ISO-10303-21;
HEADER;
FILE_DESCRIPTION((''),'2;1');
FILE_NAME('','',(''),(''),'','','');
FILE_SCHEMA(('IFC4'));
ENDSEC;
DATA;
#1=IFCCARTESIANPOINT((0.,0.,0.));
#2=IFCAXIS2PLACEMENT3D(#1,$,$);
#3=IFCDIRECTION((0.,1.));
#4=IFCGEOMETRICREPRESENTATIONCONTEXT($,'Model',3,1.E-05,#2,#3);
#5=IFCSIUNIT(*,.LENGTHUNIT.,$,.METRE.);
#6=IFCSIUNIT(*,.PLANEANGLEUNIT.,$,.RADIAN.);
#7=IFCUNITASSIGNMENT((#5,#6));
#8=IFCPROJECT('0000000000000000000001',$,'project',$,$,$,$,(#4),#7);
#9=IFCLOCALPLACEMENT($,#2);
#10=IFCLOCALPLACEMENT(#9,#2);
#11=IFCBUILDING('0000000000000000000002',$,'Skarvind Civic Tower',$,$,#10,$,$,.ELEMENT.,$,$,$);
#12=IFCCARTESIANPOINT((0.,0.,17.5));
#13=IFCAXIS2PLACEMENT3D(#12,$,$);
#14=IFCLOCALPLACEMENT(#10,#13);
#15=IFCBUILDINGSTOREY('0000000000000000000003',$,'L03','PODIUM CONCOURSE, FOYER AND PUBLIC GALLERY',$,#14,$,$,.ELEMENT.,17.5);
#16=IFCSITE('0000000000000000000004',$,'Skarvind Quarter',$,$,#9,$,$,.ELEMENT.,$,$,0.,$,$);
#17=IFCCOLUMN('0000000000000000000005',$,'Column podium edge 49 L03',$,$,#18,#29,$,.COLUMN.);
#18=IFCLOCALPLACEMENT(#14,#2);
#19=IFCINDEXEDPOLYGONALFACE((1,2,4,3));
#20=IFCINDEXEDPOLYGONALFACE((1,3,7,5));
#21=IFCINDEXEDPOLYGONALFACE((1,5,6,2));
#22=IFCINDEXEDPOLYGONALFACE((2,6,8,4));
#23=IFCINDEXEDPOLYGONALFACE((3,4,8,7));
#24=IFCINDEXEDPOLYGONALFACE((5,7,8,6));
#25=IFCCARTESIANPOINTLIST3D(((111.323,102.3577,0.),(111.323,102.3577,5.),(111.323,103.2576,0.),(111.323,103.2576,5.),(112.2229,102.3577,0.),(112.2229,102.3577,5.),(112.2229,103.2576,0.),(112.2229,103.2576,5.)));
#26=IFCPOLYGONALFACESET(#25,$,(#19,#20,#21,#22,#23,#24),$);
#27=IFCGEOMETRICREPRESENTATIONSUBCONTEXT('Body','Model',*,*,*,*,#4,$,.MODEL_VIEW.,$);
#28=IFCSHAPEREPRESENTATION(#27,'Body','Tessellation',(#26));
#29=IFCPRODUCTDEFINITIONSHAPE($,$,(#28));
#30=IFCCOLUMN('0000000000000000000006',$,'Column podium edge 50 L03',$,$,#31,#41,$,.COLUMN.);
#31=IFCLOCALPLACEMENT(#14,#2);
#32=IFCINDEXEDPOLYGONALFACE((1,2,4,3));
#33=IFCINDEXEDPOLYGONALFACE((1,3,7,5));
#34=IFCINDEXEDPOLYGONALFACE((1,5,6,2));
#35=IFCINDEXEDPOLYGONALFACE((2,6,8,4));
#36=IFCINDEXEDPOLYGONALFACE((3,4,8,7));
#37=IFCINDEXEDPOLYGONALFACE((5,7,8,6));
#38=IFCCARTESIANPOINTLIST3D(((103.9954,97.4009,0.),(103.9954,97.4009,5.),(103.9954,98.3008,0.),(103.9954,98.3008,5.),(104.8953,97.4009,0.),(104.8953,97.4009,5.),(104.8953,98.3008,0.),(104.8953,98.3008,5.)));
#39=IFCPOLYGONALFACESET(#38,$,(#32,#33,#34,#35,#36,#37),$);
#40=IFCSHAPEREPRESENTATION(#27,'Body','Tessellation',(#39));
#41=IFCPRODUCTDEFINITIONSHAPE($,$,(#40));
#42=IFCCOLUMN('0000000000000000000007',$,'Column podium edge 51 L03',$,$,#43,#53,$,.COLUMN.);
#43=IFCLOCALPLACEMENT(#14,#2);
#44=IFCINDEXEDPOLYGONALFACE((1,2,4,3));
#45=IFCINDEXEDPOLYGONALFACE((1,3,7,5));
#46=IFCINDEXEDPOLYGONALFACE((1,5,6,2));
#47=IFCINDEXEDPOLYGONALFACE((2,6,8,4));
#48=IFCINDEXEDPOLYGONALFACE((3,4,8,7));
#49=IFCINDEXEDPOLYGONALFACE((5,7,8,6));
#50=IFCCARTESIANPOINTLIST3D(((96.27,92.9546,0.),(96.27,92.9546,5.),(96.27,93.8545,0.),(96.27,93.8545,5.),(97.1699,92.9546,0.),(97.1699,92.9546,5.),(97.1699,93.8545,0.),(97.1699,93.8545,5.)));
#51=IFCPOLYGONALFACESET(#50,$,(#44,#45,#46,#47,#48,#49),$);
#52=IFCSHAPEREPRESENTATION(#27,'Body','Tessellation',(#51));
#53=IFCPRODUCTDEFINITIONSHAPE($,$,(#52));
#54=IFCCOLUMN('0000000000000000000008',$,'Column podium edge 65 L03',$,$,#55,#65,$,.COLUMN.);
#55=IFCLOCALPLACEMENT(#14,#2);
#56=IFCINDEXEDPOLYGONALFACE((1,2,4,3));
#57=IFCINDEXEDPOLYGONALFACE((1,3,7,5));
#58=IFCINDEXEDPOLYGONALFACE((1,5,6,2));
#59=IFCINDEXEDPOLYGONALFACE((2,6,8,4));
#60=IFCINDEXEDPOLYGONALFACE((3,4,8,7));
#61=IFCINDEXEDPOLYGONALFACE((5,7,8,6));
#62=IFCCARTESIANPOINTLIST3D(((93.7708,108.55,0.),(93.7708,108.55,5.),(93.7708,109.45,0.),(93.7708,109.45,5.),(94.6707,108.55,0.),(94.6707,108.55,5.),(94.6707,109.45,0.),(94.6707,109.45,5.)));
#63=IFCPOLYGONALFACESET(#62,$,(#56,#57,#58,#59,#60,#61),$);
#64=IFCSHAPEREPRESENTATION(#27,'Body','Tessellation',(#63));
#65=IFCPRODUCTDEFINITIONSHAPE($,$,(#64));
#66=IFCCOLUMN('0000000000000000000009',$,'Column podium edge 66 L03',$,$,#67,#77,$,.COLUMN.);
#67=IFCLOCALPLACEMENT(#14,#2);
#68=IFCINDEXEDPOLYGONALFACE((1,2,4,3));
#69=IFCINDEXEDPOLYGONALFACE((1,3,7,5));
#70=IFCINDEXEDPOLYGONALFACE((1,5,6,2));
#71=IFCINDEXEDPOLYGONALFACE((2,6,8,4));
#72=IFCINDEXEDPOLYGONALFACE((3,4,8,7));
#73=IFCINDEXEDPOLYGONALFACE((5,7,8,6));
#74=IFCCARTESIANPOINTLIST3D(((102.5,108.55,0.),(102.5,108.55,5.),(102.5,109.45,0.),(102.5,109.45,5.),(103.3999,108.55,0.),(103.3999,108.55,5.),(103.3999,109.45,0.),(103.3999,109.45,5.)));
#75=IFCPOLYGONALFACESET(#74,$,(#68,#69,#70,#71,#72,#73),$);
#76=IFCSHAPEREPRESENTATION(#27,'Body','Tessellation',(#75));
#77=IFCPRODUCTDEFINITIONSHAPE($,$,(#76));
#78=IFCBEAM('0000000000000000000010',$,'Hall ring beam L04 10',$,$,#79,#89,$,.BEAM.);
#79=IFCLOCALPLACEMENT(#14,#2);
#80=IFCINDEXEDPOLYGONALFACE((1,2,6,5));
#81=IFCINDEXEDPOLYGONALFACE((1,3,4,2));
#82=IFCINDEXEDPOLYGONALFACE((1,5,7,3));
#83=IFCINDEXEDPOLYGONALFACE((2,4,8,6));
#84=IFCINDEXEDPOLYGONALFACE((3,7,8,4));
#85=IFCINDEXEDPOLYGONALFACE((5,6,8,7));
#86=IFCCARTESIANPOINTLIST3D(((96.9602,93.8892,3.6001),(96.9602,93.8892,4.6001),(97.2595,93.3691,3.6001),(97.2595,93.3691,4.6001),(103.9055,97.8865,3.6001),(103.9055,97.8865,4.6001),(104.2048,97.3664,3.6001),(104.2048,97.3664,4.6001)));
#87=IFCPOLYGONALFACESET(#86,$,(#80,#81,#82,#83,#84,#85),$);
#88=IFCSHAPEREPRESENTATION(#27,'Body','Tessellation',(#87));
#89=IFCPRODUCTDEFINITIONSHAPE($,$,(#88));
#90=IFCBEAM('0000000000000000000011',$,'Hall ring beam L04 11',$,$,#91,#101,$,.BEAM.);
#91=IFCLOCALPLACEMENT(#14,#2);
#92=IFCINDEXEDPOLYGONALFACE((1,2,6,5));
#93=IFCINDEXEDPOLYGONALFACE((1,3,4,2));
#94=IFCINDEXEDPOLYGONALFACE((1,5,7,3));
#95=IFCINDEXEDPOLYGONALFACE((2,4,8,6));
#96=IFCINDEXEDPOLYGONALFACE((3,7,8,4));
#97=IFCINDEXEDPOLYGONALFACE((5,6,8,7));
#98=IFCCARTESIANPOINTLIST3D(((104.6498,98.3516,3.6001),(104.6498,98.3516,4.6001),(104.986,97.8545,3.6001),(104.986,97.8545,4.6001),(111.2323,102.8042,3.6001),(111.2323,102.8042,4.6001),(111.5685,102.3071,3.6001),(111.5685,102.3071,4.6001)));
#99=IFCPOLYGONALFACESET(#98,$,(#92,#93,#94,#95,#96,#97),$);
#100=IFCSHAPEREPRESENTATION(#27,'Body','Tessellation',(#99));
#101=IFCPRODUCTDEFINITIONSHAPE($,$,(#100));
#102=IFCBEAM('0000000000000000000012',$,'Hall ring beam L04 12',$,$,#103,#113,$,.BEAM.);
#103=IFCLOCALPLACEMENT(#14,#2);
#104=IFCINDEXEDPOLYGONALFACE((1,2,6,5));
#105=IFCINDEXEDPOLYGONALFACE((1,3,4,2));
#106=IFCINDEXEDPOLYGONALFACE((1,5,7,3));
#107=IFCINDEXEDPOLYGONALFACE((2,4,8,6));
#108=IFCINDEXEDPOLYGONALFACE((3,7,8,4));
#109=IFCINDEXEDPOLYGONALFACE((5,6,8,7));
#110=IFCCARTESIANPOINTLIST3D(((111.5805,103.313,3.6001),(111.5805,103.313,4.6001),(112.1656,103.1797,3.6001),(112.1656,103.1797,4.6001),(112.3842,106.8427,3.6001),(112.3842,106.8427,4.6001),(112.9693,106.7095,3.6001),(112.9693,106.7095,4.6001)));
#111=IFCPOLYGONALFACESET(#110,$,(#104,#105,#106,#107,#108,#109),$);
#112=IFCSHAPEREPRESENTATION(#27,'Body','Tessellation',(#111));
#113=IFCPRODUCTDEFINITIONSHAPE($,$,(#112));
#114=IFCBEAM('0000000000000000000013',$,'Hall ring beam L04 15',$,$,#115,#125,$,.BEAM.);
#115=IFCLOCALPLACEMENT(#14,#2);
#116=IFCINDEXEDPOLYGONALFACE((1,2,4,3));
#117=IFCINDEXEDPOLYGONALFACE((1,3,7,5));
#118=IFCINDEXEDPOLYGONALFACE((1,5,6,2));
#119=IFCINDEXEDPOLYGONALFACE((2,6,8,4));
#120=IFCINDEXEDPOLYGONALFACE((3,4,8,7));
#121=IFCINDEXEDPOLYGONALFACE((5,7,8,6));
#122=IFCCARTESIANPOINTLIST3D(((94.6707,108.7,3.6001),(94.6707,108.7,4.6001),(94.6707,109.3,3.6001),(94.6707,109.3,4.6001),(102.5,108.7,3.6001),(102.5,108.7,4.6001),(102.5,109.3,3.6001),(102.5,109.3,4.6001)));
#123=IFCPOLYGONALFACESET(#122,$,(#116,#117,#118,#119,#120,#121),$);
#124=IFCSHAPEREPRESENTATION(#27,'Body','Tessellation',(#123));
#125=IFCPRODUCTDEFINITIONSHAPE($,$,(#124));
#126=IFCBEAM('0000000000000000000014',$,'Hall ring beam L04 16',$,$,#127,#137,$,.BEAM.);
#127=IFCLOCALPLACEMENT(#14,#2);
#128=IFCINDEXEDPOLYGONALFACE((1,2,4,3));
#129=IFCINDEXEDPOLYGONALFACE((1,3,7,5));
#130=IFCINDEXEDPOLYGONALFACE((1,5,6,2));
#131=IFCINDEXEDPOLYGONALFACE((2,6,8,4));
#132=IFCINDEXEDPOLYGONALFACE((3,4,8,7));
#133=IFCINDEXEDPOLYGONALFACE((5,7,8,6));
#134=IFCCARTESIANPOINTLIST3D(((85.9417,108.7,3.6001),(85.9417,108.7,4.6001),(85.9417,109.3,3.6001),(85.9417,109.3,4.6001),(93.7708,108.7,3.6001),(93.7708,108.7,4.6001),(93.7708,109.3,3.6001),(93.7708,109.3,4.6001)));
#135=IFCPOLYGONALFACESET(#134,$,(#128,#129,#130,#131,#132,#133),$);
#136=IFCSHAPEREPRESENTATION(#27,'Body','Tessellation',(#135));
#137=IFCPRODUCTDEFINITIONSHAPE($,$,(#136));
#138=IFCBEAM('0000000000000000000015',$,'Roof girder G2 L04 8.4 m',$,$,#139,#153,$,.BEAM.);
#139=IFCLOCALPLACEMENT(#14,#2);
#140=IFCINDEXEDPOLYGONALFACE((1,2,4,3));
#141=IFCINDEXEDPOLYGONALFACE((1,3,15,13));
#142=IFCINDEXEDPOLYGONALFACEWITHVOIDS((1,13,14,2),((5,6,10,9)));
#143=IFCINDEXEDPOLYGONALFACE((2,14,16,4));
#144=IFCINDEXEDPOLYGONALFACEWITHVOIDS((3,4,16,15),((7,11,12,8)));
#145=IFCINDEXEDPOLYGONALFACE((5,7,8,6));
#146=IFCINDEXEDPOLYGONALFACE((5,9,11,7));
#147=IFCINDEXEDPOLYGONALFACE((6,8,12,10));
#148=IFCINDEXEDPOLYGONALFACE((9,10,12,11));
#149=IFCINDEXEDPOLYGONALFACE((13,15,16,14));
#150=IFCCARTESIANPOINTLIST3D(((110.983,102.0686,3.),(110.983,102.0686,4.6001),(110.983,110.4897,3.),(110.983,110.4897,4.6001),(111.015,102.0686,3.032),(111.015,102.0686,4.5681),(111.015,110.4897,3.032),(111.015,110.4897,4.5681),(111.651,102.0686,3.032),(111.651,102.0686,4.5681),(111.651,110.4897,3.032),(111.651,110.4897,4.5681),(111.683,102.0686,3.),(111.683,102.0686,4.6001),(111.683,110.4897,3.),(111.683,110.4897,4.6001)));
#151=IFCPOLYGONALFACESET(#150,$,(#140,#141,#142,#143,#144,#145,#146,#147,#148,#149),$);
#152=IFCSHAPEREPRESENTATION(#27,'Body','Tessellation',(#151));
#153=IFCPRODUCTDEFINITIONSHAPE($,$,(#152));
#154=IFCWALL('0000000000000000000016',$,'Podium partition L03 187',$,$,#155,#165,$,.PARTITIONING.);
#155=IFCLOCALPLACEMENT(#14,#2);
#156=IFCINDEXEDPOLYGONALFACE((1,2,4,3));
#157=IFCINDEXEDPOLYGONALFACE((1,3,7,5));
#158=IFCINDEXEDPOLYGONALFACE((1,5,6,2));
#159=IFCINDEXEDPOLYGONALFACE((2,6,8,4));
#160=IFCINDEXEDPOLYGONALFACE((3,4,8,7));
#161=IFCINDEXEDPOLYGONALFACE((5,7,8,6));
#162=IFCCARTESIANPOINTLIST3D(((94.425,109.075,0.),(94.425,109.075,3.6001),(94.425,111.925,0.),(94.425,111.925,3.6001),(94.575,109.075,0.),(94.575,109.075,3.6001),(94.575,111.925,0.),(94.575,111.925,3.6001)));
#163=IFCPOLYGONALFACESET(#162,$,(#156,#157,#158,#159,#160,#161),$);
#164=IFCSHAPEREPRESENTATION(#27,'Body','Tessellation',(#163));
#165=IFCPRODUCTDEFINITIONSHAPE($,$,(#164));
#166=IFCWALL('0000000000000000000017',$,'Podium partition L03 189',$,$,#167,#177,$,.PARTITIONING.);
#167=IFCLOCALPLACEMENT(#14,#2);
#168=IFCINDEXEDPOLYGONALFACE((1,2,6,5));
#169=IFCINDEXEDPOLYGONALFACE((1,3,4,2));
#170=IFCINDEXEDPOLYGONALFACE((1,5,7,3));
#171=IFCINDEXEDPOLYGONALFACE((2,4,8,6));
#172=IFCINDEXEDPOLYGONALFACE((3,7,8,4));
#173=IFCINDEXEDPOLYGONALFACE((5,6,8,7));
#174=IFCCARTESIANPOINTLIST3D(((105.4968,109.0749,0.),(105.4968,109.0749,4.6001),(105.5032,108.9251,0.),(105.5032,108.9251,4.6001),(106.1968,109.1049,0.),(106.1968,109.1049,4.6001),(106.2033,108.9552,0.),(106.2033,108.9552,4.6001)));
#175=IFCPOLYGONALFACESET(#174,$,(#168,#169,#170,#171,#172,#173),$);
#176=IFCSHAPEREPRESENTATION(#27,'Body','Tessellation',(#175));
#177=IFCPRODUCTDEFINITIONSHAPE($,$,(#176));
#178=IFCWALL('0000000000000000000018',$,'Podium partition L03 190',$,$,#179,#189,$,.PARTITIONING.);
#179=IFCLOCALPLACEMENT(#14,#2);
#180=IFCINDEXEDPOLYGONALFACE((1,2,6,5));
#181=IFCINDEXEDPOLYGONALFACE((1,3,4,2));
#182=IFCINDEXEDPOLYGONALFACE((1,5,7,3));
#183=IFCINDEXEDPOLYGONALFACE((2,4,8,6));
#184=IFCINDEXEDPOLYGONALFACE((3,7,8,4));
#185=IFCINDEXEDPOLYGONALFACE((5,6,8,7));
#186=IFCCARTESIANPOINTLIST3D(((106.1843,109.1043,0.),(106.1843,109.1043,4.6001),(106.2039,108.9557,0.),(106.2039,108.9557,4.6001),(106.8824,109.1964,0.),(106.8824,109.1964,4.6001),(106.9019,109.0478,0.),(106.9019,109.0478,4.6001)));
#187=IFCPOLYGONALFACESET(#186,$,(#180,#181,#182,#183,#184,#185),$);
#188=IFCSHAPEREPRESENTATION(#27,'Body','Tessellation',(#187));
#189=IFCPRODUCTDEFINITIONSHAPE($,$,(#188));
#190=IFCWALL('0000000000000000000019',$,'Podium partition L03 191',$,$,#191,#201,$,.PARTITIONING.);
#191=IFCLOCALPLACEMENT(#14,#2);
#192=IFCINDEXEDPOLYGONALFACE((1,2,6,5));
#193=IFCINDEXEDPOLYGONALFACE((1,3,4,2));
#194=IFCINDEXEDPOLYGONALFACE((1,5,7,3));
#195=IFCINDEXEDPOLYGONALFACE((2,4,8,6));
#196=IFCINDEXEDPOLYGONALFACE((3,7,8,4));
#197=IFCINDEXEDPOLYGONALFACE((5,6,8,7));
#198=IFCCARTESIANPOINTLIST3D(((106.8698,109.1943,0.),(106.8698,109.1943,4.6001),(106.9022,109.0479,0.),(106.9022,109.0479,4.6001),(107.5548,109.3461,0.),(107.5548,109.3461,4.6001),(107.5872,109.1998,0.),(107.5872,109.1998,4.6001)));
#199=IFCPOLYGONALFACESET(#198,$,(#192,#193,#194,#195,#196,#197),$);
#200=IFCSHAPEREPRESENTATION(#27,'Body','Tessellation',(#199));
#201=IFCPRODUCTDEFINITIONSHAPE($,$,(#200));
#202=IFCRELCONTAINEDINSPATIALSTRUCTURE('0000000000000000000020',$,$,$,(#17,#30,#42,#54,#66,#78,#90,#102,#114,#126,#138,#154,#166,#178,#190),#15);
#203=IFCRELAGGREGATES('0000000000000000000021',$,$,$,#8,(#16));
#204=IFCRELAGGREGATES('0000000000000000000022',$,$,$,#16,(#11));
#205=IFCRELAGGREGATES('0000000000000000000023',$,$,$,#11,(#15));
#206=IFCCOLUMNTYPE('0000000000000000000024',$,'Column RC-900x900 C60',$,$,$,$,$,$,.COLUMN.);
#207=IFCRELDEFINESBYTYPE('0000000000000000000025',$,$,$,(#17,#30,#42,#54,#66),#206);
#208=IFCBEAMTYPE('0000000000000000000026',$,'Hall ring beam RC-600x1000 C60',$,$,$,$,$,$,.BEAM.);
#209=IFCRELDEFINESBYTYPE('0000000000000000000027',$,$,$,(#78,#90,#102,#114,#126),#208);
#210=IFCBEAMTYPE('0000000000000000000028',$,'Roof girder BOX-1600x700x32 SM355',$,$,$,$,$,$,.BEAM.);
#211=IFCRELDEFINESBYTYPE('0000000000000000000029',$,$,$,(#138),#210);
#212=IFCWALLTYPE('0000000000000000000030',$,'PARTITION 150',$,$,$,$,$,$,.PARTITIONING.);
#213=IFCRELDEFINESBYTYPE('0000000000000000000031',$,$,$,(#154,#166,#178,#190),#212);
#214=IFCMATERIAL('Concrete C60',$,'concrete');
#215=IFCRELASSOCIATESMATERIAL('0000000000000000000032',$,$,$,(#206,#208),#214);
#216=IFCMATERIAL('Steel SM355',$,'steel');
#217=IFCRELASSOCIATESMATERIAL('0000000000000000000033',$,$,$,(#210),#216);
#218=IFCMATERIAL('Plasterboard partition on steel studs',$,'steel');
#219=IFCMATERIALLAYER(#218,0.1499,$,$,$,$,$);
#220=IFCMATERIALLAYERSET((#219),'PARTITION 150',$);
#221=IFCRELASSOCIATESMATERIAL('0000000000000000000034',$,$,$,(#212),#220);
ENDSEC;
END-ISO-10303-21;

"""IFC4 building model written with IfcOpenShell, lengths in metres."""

from ifc_helpers import new_model, si_unit, direction, frame, frame_2d, origin, origin_2d, place, context, subcontext, project, spatial, rectangle, hollow_rectangle, extrude, material, layer, layer_set, material_profile, profile_set, type_object, element, save


model = new_model("IFC4")

# Units and contexts
model_context = context("Model", 3, precision=1e-05, world=origin(), true_north=direction((0.0, 1.0)))
body_context = subcontext(model_context, "Body", "Model", "MODEL_VIEW")
ifc_project = project(units=[si_unit("LENGTHUNIT", "METRE"), si_unit("PLANEANGLEUNIT", "RADIAN")], contexts=[model_context])

# Site, building, storey
site_placement = place(None, origin())
site = spatial("IfcSite", under=ifc_project, at=site_placement, Name="Skarvind Quarter", CompositionType="ELEMENT", RefElevation=0.0)
building_placement = place(site_placement, origin())
building = spatial("IfcBuilding", under=site, at=building_placement, Name="Skarvind Civic Tower", CompositionType="ELEMENT")
storey_placement = place(building_placement, frame((0.0, 0.0, 17.5)))
storey = spatial("IfcBuildingStorey", under=building, at=storey_placement, Name="L03", Description="PODIUM CONCOURSE, FOYER AND PUBLIC GALLERY", CompositionType="ELEMENT", Elevation=17.5)

# Columns
ifc_material_1 = material(Name="Concrete C60", Category="concrete")
ifc_material_profile_1 = material_profile(ifc_material_1, rectangle(XDim=0.8999, YDim=0.8999, at=origin_2d()), Name="RC-900x900")
ifc_profile_set_1 = profile_set([ifc_material_profile_1], Name="Concrete C60")
column_type = type_object("IfcColumnType", Name="Column RC-900x900 C60", PredefinedType="COLUMN", material=ifc_profile_set_1)
for number, where, z_axis, x_axis, name in (
    (1, (111.7729, 102.8076, 0.0), (0.0, 0.0, 1.0), (1.0, 0.0, 0.0), "Column podium edge 49 L03"),
    (2, (104.4453, 97.8508, 0.0), (0.0, 0.0, 1.0), (1.0, 0.0, 0.0), "Column podium edge 50 L03"),
    (3, (96.72, 93.4045, 0.0), (0.0, 0.0, 1.0), (1.0, 0.0, 0.0), "Column podium edge 51 L03"),
    (4, (94.2207, 109.0, 0.0), (0.0, 0.0, 1.0), (1.0, 0.0, 0.0), "Column podium edge 65 L03"),
    (5, (102.95, 109.0, 0.0), (0.0, 0.0, 1.0), (1.0, 0.0, 0.0), "Column podium edge 66 L03"),
):
    element("IfcColumn", number, at=place(storey_placement, frame(where, z_axis=z_axis, x_axis=x_axis)), inside=storey, type_object=column_type, Name=name, PredefinedType="COLUMN", context=body_context, shape_type="SweptSolid", body=[
        extrude(rectangle(XDim=0.8999, YDim=0.8999, at=origin_2d()), origin(), (0.0, 0.0, 1.0), 5.0),
    ])

# Beams
ifc_material_profile_2 = material_profile(ifc_material_1, rectangle(XDim=0.6001, YDim=1.0, at=origin_2d()), Name="RC-600x1000")
ifc_profile_set_2 = profile_set([ifc_material_profile_2], Name="Concrete C60")
beam_type_1 = type_object("IfcBeamType", Name="Hall ring beam RC-600x1000 C60", PredefinedType="BEAM", material=ifc_profile_set_2)
beam_1_placement = place(storey_placement, frame((97.1099, 93.6292, 4.1001), z_axis=(0.866703, 0.498824, 0.0), x_axis=(-0.498824, 0.866703, 0.0)))
element("IfcBeam", 6, at=beam_1_placement, inside=storey, type_object=beam_type_1, Name="Hall ring beam L04 10", PredefinedType="BEAM", context=body_context, shape_type="SweptSolid", body=[
    extrude(rectangle(XDim=0.6001, YDim=1.0, at=origin_2d()), origin(), (0.0, 0.0, 1.0), 8.0134),
])
beam_2_placement = place(storey_placement, frame((104.8179, 98.103, 4.1001), z_axis=(0.828298, 0.560288, 0.0), x_axis=(-0.560288, 0.828298, 0.0)))
element("IfcBeam", 7, at=beam_2_placement, inside=storey, type_object=beam_type_1, Name="Hall ring beam L04 11", PredefinedType="BEAM", context=body_context, shape_type="SweptSolid", body=[
    extrude(rectangle(XDim=0.6001, YDim=1.0, at=origin_2d()), origin(), (0.0, 0.0, 1.0), 7.947),
])
beam_3_placement = place(storey_placement, frame((111.873, 103.2463, 4.1001), z_axis=(0.222012, 0.975044, 0.0), x_axis=(-0.975044, 0.222012, 0.0)))
element("IfcBeam", 8, at=beam_3_placement, inside=storey, type_object=beam_type_1, Name="Hall ring beam L04 12", PredefinedType="BEAM", context=body_context, shape_type="SweptSolid", body=[
    extrude(rectangle(XDim=0.6001, YDim=1.0, at=origin_2d()), origin(), (0.0, 0.0, 1.0), 3.6201),
])
beam_4_placement = place(storey_placement, frame((102.5, 109.0, 4.1001), z_axis=(-1.0, 0.0, 0.0), x_axis=(0.0, -1.0, 0.0)))
element("IfcBeam", 9, at=beam_4_placement, inside=storey, type_object=beam_type_1, Name="Hall ring beam L04 15", PredefinedType="BEAM", context=body_context, shape_type="SweptSolid", body=[
    extrude(rectangle(XDim=0.6001, YDim=1.0, at=origin_2d()), origin(), (0.0, 0.0, 1.0), 7.8293),
])
beam_5_placement = place(storey_placement, frame((93.7708, 109.0, 4.1001), z_axis=(-1.0, 0.0, 0.0), x_axis=(0.0, -1.0, 0.0)))
element("IfcBeam", 10, at=beam_5_placement, inside=storey, type_object=beam_type_1, Name="Hall ring beam L04 16", PredefinedType="BEAM", context=body_context, shape_type="SweptSolid", body=[
    extrude(rectangle(XDim=0.6001, YDim=1.0, at=origin_2d()), origin(), (0.0, 0.0, 1.0), 7.8291),
])
ifc_material_2 = material(Name="Steel SM355", Category="steel")
ifc_material_profile_3 = material_profile(ifc_material_2, hollow_rectangle(XDim=0.7, YDim=1.6001, WallThickness=0.032, at=origin_2d()), Name="BOX-1600x700x32")
ifc_profile_set_3 = profile_set([ifc_material_profile_3], Name="Steel SM355")
beam_type_2 = type_object("IfcBeamType", Name="Roof girder BOX-1600x700x32 SM355", PredefinedType="BEAM", material=ifc_profile_set_3)
beam_6_placement = place(storey_placement, frame((111.333, 102.0686, 3.8), z_axis=(0.0, 1.0, 0.0), x_axis=(-1.0, 0.0, 0.0)))
element("IfcBeam", 11, at=beam_6_placement, inside=storey, type_object=beam_type_2, Name="Roof girder G2 L04 8.4 m", PredefinedType="BEAM", context=body_context, shape_type="SweptSolid", body=[
    extrude(hollow_rectangle(XDim=0.7, YDim=1.6001, WallThickness=0.032, at=origin_2d()), origin(), (0.0, 0.0, 1.0), 8.4211),
])

# Walls
ifc_material_3 = material(Name="Plasterboard partition on steel studs", Category="steel")
ifc_layer_1 = layer(ifc_material_3, 0.1499)
ifc_layer_set_1 = layer_set([ifc_layer_1], Name="PARTITION 150")
wall_type_1 = type_object("IfcWallType", Name="PARTITION 150", PredefinedType="PARTITIONING", material=ifc_layer_set_1)
wall_1_placement = place(storey_placement, frame((94.5, 109.075, 0.0), z_axis=(0.0, 0.0, 1.0), x_axis=(0.0, 1.0, 0.0)))
element("IfcWall", 12, at=wall_1_placement, inside=storey, type_object=wall_type_1, Name="Podium partition L03 187", PredefinedType="PARTITIONING", context=body_context, shape_type="SweptSolid", body=[
    extrude(rectangle(XDim=2.8501, YDim=0.1499, at=frame_2d((1.425, 0.0))), origin(), (0.0, 0.0, 1.0), 3.6001),
])
wall_2_placement = place(storey_placement, frame((105.5, 109.0, 0.0), z_axis=(0.0, 0.0, 1.0), x_axis=(0.999081, 0.042863, 0.0)))
element("IfcWall", 13, at=wall_2_placement, inside=storey, type_object=wall_type_1, Name="Podium partition L03 189", PredefinedType="PARTITIONING", context=body_context, shape_type="SweptSolid", body=[
    extrude(rectangle(XDim=0.7007, YDim=0.1499, at=frame_2d((0.3503, 0.0))), origin(), (0.0, 0.0, 1.0), 4.6001),
])
wall_3_placement = place(storey_placement, frame((106.1941, 109.03, 0.0), z_axis=(0.0, 0.0, 1.0), x_axis=(0.991418, 0.130733, 0.0)))
element("IfcWall", 14, at=wall_3_placement, inside=storey, type_object=wall_type_1, Name="Podium partition L03 190", PredefinedType="PARTITIONING", context=body_context, shape_type="SweptSolid", body=[
    extrude(rectangle(XDim=0.7041, YDim=0.1499, at=frame_2d((0.3521, 0.0))), origin(), (0.0, 0.0, 1.0), 4.6001),
])
wall_4_placement = place(storey_placement, frame((106.886, 109.1211, 0.0), z_axis=(0.0, 0.0, 1.0), x_axis=(0.976302, 0.216415, 0.0)))
element("IfcWall", 15, at=wall_4_placement, inside=storey, type_object=wall_type_1, Name="Podium partition L03 191", PredefinedType="PARTITIONING", context=body_context, shape_type="SweptSolid", body=[
    extrude(rectangle(XDim=0.7017, YDim=0.1499, at=frame_2d((0.3508, 0.0))), origin(), (0.0, 0.0, 1.0), 4.6001),
])

save(model, "model.ifc")
